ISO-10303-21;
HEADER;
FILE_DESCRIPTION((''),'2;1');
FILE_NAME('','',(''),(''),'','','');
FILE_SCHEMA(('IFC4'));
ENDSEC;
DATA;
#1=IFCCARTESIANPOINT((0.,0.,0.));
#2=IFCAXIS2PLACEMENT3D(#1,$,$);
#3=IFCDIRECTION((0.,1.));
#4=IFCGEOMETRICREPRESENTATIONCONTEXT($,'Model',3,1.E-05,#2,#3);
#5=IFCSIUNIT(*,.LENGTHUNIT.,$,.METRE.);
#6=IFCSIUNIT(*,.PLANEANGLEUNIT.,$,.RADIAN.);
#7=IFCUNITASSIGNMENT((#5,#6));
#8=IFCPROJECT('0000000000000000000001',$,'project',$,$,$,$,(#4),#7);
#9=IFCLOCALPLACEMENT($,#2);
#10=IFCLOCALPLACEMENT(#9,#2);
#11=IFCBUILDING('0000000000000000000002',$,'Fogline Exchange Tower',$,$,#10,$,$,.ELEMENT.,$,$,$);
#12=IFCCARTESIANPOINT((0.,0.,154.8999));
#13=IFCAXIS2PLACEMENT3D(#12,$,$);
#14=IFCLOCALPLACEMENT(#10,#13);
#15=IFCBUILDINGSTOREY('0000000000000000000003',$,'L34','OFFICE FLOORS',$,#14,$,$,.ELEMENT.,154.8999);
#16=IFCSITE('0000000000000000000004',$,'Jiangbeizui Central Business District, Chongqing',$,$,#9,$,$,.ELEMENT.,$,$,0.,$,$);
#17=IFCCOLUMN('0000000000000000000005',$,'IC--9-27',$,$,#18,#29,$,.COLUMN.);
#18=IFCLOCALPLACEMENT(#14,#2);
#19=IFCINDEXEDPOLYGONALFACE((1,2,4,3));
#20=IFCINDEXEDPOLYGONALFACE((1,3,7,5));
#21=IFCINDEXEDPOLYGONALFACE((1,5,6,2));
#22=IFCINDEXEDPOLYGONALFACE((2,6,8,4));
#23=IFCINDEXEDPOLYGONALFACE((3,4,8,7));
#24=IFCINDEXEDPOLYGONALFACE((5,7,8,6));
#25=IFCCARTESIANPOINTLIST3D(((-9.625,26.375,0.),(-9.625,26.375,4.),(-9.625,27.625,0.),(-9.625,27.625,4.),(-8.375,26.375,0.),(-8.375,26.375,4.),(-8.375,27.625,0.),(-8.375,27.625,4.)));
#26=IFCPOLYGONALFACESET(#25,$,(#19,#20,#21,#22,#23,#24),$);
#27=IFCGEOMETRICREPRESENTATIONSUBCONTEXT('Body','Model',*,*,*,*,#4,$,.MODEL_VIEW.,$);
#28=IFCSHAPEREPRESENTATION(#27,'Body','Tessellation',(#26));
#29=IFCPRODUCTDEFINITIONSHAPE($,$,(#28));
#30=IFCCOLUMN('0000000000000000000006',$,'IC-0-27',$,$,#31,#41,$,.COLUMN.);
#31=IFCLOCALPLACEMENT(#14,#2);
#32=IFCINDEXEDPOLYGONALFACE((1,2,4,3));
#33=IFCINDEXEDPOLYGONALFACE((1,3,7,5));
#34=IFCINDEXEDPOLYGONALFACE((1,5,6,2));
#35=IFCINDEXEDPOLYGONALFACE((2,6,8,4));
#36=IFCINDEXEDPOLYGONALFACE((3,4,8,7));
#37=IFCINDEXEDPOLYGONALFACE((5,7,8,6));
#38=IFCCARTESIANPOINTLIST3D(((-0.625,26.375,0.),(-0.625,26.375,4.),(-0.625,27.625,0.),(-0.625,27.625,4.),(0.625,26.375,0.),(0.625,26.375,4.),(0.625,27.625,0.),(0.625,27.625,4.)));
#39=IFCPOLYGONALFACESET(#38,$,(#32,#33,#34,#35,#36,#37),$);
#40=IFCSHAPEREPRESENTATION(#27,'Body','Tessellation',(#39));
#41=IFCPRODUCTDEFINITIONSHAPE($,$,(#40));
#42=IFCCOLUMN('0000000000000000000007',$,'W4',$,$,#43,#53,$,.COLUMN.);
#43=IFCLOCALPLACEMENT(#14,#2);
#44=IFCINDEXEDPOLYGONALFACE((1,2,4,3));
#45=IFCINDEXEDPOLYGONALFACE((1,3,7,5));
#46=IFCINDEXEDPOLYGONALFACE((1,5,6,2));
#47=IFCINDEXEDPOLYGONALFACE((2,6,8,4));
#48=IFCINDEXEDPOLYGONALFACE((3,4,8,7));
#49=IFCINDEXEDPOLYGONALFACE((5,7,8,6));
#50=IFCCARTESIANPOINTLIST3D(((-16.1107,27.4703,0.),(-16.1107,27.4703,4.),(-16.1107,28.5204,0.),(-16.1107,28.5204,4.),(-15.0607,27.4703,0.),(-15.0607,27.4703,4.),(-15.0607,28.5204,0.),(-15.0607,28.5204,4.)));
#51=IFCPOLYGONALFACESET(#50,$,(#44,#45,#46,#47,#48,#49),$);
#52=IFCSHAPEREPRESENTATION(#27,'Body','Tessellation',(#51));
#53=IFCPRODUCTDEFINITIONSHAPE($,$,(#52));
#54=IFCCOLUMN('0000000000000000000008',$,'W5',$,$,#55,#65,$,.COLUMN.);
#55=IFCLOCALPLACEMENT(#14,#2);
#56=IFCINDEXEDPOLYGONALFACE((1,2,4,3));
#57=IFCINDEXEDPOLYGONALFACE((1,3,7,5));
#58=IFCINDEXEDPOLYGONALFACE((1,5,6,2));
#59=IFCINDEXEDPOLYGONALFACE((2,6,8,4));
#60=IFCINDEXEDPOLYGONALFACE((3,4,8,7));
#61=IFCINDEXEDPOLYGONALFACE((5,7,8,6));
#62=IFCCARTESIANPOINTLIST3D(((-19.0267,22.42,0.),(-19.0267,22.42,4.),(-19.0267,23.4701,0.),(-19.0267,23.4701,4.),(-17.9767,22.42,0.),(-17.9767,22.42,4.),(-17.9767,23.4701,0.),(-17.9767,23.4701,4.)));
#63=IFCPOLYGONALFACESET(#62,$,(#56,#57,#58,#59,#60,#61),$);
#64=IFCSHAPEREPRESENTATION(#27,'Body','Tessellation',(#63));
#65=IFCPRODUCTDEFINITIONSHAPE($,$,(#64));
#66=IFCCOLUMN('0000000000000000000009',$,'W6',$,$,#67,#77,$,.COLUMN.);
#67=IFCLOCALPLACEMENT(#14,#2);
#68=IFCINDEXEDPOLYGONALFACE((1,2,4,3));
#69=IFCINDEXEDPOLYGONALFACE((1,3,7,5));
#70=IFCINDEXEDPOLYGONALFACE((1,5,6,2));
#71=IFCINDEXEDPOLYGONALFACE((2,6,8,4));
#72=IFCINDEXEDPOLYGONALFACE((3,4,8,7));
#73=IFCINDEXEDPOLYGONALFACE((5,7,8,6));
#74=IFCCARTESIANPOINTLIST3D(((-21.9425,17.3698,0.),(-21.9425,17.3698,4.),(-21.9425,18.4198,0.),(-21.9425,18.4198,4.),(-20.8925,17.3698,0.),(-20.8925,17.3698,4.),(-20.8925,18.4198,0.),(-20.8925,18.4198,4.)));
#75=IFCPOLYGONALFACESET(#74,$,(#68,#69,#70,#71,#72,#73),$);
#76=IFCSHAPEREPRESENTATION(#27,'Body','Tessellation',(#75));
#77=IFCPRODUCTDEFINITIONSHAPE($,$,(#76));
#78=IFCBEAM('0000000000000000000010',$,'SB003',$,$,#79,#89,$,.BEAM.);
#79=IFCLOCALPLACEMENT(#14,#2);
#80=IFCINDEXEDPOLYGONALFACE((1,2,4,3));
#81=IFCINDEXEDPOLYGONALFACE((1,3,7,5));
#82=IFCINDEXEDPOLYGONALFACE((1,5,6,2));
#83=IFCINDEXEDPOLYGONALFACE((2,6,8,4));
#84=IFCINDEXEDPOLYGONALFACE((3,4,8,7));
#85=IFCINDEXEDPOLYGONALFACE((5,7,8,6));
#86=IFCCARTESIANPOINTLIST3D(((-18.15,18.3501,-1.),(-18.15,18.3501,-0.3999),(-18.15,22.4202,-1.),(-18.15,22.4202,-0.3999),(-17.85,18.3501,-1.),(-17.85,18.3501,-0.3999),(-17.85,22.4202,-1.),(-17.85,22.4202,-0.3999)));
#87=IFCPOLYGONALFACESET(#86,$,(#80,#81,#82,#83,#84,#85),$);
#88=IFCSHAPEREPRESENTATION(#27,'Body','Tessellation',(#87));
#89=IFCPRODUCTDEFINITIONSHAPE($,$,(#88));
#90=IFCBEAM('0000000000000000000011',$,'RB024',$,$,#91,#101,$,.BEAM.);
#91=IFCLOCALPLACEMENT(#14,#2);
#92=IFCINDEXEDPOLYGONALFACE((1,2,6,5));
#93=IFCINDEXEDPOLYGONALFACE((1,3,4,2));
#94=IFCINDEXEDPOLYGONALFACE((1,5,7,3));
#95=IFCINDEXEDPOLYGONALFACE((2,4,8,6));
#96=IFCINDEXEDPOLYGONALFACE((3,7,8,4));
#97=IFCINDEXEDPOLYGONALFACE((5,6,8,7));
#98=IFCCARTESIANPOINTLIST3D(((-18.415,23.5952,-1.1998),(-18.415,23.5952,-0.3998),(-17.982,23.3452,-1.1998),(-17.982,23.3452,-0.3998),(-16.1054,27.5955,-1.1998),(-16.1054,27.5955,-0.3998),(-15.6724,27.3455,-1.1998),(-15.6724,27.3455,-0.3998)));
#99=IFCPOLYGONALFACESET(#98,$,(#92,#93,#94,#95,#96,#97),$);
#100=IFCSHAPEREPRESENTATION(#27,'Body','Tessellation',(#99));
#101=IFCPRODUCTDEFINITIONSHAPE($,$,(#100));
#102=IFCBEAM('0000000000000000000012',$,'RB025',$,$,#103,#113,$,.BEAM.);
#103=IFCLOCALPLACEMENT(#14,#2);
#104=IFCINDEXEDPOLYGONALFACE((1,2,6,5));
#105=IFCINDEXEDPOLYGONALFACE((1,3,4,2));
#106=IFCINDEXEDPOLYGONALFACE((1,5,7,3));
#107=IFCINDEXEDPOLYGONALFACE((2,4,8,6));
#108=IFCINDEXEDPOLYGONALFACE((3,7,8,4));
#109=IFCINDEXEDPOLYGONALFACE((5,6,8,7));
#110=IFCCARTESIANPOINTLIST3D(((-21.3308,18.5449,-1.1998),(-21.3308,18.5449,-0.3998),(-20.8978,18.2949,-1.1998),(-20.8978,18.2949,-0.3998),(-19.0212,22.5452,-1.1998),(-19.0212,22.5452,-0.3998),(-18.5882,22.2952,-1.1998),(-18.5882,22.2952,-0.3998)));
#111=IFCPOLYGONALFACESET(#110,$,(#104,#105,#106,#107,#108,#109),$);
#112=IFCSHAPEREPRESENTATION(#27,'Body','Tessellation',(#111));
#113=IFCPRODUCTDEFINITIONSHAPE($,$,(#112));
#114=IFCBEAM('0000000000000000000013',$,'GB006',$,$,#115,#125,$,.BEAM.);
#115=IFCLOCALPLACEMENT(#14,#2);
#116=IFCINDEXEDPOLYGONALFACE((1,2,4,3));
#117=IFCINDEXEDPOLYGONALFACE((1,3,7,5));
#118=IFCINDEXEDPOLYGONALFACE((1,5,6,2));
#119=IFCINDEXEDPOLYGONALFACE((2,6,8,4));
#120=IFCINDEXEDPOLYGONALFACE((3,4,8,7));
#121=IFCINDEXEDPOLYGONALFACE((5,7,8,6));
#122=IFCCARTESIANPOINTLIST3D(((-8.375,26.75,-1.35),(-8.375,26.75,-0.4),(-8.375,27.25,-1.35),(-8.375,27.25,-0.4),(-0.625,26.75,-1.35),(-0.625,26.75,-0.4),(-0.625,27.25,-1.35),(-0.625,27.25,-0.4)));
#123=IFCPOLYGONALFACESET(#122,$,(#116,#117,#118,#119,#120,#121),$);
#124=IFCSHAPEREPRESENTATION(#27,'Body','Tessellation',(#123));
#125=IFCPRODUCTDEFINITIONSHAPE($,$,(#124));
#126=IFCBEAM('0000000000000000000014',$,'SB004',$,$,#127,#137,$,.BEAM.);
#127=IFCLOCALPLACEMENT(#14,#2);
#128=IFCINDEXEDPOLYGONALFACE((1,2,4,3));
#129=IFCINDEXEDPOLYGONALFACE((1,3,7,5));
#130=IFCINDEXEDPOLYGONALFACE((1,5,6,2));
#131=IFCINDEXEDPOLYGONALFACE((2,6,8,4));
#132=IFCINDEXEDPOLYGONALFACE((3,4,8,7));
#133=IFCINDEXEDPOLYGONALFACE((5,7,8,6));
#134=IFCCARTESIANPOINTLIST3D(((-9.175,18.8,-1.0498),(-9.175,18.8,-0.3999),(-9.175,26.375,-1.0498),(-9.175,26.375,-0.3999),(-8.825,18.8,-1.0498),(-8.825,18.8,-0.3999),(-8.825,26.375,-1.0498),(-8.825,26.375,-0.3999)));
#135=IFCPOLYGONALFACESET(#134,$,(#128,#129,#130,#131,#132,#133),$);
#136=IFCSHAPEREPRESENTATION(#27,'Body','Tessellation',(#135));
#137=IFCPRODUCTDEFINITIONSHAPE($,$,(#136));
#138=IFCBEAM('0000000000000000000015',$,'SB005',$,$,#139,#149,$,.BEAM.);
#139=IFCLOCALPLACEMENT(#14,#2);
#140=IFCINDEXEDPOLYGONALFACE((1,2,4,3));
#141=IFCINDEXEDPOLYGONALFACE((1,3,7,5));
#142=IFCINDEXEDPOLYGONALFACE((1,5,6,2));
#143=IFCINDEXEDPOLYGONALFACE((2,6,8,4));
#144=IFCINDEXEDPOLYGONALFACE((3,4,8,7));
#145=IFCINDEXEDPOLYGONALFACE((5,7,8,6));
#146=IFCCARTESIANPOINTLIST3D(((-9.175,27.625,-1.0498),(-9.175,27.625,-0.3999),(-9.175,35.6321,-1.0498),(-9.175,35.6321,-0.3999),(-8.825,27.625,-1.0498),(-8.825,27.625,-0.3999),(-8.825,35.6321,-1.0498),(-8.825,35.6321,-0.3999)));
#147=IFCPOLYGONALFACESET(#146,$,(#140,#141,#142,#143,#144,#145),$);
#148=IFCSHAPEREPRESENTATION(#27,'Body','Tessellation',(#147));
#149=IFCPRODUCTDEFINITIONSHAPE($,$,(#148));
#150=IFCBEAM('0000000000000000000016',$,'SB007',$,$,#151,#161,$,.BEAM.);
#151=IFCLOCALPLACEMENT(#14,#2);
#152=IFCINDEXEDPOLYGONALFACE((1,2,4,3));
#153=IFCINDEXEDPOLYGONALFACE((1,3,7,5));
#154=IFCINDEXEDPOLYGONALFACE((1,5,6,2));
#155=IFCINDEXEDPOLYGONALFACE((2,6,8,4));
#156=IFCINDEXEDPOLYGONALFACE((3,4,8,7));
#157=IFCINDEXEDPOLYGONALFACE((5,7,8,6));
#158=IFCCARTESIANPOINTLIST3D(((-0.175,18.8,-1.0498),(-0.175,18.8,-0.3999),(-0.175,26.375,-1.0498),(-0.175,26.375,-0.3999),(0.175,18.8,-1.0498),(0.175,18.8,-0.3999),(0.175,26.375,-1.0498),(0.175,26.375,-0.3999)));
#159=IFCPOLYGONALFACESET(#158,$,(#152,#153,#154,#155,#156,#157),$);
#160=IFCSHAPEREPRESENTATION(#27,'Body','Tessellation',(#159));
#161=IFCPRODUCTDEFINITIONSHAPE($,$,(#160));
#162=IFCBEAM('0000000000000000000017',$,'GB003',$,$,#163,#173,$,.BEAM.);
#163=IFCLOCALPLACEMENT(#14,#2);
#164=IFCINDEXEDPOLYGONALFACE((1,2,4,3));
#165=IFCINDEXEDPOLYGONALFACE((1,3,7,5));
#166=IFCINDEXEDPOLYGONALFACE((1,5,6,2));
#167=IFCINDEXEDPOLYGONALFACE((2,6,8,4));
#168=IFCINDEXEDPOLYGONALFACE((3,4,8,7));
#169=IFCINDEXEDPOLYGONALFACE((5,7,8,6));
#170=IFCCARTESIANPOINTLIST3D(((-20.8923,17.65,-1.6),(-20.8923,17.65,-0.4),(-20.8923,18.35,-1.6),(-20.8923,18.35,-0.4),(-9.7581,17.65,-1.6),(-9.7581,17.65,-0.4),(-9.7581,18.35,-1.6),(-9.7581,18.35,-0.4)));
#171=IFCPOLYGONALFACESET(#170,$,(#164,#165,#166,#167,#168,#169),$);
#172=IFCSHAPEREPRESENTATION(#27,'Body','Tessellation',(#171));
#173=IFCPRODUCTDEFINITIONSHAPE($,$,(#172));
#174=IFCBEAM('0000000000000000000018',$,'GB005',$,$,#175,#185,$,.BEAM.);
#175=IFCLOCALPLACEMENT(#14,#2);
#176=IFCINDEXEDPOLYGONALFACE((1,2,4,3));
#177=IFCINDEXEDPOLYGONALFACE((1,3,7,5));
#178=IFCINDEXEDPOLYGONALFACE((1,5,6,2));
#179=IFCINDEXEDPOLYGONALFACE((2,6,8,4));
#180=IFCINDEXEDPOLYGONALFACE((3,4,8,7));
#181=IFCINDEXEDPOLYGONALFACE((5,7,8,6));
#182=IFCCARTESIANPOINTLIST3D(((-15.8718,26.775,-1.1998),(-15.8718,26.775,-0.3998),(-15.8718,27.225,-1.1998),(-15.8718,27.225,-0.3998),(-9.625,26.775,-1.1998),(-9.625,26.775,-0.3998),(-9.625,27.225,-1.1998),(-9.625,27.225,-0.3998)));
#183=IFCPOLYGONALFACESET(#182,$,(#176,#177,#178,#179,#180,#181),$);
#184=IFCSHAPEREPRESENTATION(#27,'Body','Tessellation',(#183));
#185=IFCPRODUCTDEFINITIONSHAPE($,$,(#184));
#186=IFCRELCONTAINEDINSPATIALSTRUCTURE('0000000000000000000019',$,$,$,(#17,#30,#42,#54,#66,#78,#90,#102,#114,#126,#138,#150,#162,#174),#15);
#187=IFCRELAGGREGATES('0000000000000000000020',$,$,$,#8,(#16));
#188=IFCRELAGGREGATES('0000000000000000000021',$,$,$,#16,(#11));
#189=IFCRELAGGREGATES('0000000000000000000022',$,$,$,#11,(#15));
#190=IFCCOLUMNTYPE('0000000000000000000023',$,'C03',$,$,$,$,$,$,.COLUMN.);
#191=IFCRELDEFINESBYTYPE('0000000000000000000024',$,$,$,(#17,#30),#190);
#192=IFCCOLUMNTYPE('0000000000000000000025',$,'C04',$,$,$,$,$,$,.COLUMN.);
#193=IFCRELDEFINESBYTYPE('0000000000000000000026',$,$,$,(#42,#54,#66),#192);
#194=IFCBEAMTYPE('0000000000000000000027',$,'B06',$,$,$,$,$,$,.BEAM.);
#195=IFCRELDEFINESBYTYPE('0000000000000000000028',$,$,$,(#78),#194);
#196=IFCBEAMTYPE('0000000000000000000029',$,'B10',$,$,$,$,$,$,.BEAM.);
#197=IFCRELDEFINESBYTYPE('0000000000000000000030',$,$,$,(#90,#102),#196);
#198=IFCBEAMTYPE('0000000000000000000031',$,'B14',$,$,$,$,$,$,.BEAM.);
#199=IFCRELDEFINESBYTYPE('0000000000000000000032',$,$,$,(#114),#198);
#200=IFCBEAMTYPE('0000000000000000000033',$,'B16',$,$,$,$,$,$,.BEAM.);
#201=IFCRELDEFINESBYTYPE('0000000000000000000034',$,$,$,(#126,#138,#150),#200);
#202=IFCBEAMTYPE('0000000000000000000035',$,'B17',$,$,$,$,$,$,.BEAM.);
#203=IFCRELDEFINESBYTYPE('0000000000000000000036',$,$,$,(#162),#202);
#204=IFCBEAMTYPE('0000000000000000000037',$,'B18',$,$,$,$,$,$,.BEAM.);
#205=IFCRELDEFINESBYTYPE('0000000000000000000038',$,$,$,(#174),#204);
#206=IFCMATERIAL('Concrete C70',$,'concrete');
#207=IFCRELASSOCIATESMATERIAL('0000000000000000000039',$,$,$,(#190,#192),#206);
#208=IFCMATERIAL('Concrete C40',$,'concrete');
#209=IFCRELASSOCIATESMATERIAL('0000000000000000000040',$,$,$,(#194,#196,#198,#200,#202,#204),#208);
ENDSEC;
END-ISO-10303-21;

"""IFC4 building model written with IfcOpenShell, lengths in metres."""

from ifc_helpers import new_model, si_unit, direction, frame, origin, origin_2d, place, context, subcontext, project, spatial, rectangle, extrude, material, material_profile, profile_set, type_object, element, save


model = new_model("IFC4")

# Units and contexts
model_context = context("Model", 3, precision=1e-05, world=origin(), true_north=direction((0.0, 1.0)))
body_context = subcontext(model_context, "Body", "Model", "MODEL_VIEW")
ifc_project = project(units=[si_unit("LENGTHUNIT", "METRE"), si_unit("PLANEANGLEUNIT", "RADIAN")], contexts=[model_context])

# Site, building, storey
site_placement = place(None, origin())
site = spatial("IfcSite", under=ifc_project, at=site_placement, Name="Jiangbeizui Central Business District, Chongqing", CompositionType="ELEMENT", RefElevation=0.0)
building_placement = place(site_placement, origin())
building = spatial("IfcBuilding", under=site, at=building_placement, Name="Fogline Exchange Tower", CompositionType="ELEMENT")
storey_placement = place(building_placement, frame((0.0, 0.0, 154.8999)))
storey = spatial("IfcBuildingStorey", under=building, at=storey_placement, Name="L34", Description="OFFICE FLOORS", CompositionType="ELEMENT", Elevation=154.8999)

# Columns
ifc_material_1 = material(Name="Concrete C70", Category="concrete")
ifc_material_profile_1 = material_profile(ifc_material_1, rectangle(XDim=1.25, YDim=1.25, at=origin_2d()), Name="RC 1250x1250")
ifc_profile_set_1 = profile_set([ifc_material_profile_1], Name="Concrete C70")
column_type_1 = type_object("IfcColumnType", Name="C03", PredefinedType="COLUMN", material=ifc_profile_set_1)
for number, where, z_axis, x_axis, name in (
    (1, (-9.0, 27.0, 0.0), (0.0, 0.0, 1.0), (1.0, 0.0, 0.0), "IC--9-27"),
    (2, (0.0, 27.0, 0.0), (0.0, 0.0, 1.0), (1.0, 0.0, 0.0), "IC-0-27"),
):
    element("IfcColumn", number, at=place(storey_placement, frame(where, z_axis=z_axis, x_axis=x_axis)), inside=storey, type_object=column_type_1, Name=name, PredefinedType="COLUMN", context=body_context, shape_type="SweptSolid", body=[
        extrude(rectangle(XDim=1.25, YDim=1.25, at=origin_2d()), origin(), (0.0, 0.0, 1.0), 4.0),
    ])
ifc_material_profile_2 = material_profile(ifc_material_1, rectangle(XDim=1.05, YDim=1.05, at=origin_2d()), Name="RC 1050x1050")
ifc_profile_set_2 = profile_set([ifc_material_profile_2], Name="Concrete C70")
column_type_2 = type_object("IfcColumnType", Name="C04", PredefinedType="COLUMN", material=ifc_profile_set_2)
for number, where, z_axis, x_axis, name in (
    (3, (-15.5857, 27.9954, 0.0), (0.0, 0.0, 1.0), (1.0, 0.0, 0.0), "W4"),
    (4, (-18.5017, 22.9451, 0.0), (0.0, 0.0, 1.0), (1.0, 0.0, 0.0), "W5"),
    (5, (-21.4175, 17.8948, 0.0), (0.0, 0.0, 1.0), (1.0, 0.0, 0.0), "W6"),
):
    element("IfcColumn", number, at=place(storey_placement, frame(where, z_axis=z_axis, x_axis=x_axis)), inside=storey, type_object=column_type_2, Name=name, PredefinedType="COLUMN", context=body_context, shape_type="SweptSolid", body=[
        extrude(rectangle(XDim=1.05, YDim=1.05, at=origin_2d()), origin(), (0.0, 0.0, 1.0), 4.0),
    ])

# Beams
ifc_material_2 = material(Name="Concrete C40", Category="concrete")
ifc_material_profile_3 = material_profile(ifc_material_2, rectangle(XDim=0.3, YDim=0.6001, at=origin_2d()), Name="RC 300x600")
ifc_profile_set_3 = profile_set([ifc_material_profile_3], Name="Concrete C40")
beam_type_1 = type_object("IfcBeamType", Name="B06", PredefinedType="BEAM", material=ifc_profile_set_3)
beam_1_placement = place(storey_placement, frame((-18.0, 18.3501, -0.7), z_axis=(0.0, 1.0, 0.0), x_axis=(-1.0, 0.0, 0.0)))
element("IfcBeam", 6, at=beam_1_placement, inside=storey, type_object=beam_type_1, Name="SB003", PredefinedType="BEAM", context=body_context, shape_type="SweptSolid", body=[
    extrude(rectangle(XDim=0.3, YDim=0.6001, at=origin_2d()), origin(), (0.0, 0.0, 1.0), 4.0701),
])
ifc_material_profile_4 = material_profile(ifc_material_2, rectangle(XDim=0.5, YDim=0.8, at=origin_2d()), Name="RC 500x800")
ifc_profile_set_4 = profile_set([ifc_material_profile_4], Name="Concrete C40")
beam_type_2 = type_object("IfcBeamType", Name="B10", PredefinedType="BEAM", material=ifc_profile_set_4)
for number, where, z_axis, x_axis, name in (
    (7, (-15.8889, 27.4705, -0.7998), (-0.500005, -0.866023, 0.0), (0.866023, -0.500005, 0.0), "RB024"),
    (8, (-18.8047, 22.4202, -0.7998), (-0.500005, -0.866023, 0.0), (0.866023, -0.500005, 0.0), "RB025"),
):
    element("IfcBeam", number, at=place(storey_placement, frame(where, z_axis=z_axis, x_axis=x_axis)), inside=storey, type_object=beam_type_2, Name=name, PredefinedType="BEAM", context=body_context, shape_type="SweptSolid", body=[
        extrude(rectangle(XDim=0.5, YDim=0.8, at=origin_2d()), origin(), (0.0, 0.0, 1.0), 4.6191),
    ])
ifc_material_profile_5 = material_profile(ifc_material_2, rectangle(XDim=0.5, YDim=0.95, at=origin_2d()), Name="RC 500x950")
ifc_profile_set_5 = profile_set([ifc_material_profile_5], Name="Concrete C40")
beam_type_3 = type_object("IfcBeamType", Name="B14", PredefinedType="BEAM", material=ifc_profile_set_5)
beam_2_placement = place(storey_placement, frame((-8.375, 27.0, -0.875), z_axis=(1.0, 0.0, 0.0), x_axis=(0.0, 1.0, 0.0)))
element("IfcBeam", 9, at=beam_2_placement, inside=storey, type_object=beam_type_3, Name="GB006", PredefinedType="BEAM", context=body_context, shape_type="SweptSolid", body=[
    extrude(rectangle(XDim=0.5, YDim=0.95, at=origin_2d()), origin(), (0.0, 0.0, 1.0), 7.75),
])
ifc_material_profile_6 = material_profile(ifc_material_2, rectangle(XDim=0.3501, YDim=0.6499, at=origin_2d()), Name="RC 350x650")
ifc_profile_set_6 = profile_set([ifc_material_profile_6], Name="Concrete C40")
beam_type_4 = type_object("IfcBeamType", Name="B16", PredefinedType="BEAM", material=ifc_profile_set_6)
beam_3_placement = place(storey_placement, frame((-9.0, 18.8, -0.7249), z_axis=(0.0, 1.0, 0.0), x_axis=(-1.0, 0.0, 0.0)))
element("IfcBeam", 10, at=beam_3_placement, inside=storey, type_object=beam_type_4, Name="SB004", PredefinedType="BEAM", context=body_context, shape_type="SweptSolid", body=[
    extrude(rectangle(XDim=0.3501, YDim=0.6499, at=origin_2d()), origin(), (0.0, 0.0, 1.0), 7.575),
])
beam_4_placement = place(storey_placement, frame((-9.0, 27.625, -0.7249), z_axis=(0.0, 1.0, 0.0), x_axis=(-1.0, 0.0, 0.0)))
element("IfcBeam", 11, at=beam_4_placement, inside=storey, type_object=beam_type_4, Name="SB005", PredefinedType="BEAM", context=body_context, shape_type="SweptSolid", body=[
    extrude(rectangle(XDim=0.3501, YDim=0.6499, at=origin_2d()), origin(), (0.0, 0.0, 1.0), 8.0071),
])
beam_5_placement = place(storey_placement, frame((0.0, 18.8, -0.7249), z_axis=(0.0, 1.0, 0.0), x_axis=(-1.0, 0.0, 0.0)))
element("IfcBeam", 12, at=beam_5_placement, inside=storey, type_object=beam_type_4, Name="SB007", PredefinedType="BEAM", context=body_context, shape_type="SweptSolid", body=[
    extrude(rectangle(XDim=0.3501, YDim=0.6499, at=origin_2d()), origin(), (0.0, 0.0, 1.0), 7.575),
])
ifc_material_profile_7 = material_profile(ifc_material_2, rectangle(XDim=0.7, YDim=1.2, at=origin_2d()), Name="RC 700x1200")
ifc_profile_set_7 = profile_set([ifc_material_profile_7], Name="Concrete C40")
beam_type_5 = type_object("IfcBeamType", Name="B17", PredefinedType="BEAM", material=ifc_profile_set_7)
beam_6_placement = place(storey_placement, frame((-20.8923, 18.0, -1.0), z_axis=(1.0, 0.0, 0.0), x_axis=(0.0, 1.0, 0.0)))
element("IfcBeam", 13, at=beam_6_placement, inside=storey, type_object=beam_type_5, Name="GB003", PredefinedType="BEAM", context=body_context, shape_type="SweptSolid", body=[
    extrude(rectangle(XDim=0.7, YDim=1.2, at=origin_2d()), origin(), (0.0, 0.0, 1.0), 11.1343),
])
ifc_material_profile_8 = material_profile(ifc_material_2, rectangle(XDim=0.45, YDim=0.8, at=origin_2d()), Name="RC 450x800")
ifc_profile_set_8 = profile_set([ifc_material_profile_8], Name="Concrete C40")
beam_type_6 = type_object("IfcBeamType", Name="B18", PredefinedType="BEAM", material=ifc_profile_set_8)
beam_7_placement = place(storey_placement, frame((-15.8718, 27.0, -0.7998), z_axis=(1.0, 0.0, 0.0), x_axis=(0.0, 1.0, 0.0)))
element("IfcBeam", 14, at=beam_7_placement, inside=storey, type_object=beam_type_6, Name="GB005", PredefinedType="BEAM", context=body_context, shape_type="SweptSolid", body=[
    extrude(rectangle(XDim=0.45, YDim=0.8, at=origin_2d()), origin(), (0.0, 0.0, 1.0), 6.2468),
])

save(model, "model.ifc")
